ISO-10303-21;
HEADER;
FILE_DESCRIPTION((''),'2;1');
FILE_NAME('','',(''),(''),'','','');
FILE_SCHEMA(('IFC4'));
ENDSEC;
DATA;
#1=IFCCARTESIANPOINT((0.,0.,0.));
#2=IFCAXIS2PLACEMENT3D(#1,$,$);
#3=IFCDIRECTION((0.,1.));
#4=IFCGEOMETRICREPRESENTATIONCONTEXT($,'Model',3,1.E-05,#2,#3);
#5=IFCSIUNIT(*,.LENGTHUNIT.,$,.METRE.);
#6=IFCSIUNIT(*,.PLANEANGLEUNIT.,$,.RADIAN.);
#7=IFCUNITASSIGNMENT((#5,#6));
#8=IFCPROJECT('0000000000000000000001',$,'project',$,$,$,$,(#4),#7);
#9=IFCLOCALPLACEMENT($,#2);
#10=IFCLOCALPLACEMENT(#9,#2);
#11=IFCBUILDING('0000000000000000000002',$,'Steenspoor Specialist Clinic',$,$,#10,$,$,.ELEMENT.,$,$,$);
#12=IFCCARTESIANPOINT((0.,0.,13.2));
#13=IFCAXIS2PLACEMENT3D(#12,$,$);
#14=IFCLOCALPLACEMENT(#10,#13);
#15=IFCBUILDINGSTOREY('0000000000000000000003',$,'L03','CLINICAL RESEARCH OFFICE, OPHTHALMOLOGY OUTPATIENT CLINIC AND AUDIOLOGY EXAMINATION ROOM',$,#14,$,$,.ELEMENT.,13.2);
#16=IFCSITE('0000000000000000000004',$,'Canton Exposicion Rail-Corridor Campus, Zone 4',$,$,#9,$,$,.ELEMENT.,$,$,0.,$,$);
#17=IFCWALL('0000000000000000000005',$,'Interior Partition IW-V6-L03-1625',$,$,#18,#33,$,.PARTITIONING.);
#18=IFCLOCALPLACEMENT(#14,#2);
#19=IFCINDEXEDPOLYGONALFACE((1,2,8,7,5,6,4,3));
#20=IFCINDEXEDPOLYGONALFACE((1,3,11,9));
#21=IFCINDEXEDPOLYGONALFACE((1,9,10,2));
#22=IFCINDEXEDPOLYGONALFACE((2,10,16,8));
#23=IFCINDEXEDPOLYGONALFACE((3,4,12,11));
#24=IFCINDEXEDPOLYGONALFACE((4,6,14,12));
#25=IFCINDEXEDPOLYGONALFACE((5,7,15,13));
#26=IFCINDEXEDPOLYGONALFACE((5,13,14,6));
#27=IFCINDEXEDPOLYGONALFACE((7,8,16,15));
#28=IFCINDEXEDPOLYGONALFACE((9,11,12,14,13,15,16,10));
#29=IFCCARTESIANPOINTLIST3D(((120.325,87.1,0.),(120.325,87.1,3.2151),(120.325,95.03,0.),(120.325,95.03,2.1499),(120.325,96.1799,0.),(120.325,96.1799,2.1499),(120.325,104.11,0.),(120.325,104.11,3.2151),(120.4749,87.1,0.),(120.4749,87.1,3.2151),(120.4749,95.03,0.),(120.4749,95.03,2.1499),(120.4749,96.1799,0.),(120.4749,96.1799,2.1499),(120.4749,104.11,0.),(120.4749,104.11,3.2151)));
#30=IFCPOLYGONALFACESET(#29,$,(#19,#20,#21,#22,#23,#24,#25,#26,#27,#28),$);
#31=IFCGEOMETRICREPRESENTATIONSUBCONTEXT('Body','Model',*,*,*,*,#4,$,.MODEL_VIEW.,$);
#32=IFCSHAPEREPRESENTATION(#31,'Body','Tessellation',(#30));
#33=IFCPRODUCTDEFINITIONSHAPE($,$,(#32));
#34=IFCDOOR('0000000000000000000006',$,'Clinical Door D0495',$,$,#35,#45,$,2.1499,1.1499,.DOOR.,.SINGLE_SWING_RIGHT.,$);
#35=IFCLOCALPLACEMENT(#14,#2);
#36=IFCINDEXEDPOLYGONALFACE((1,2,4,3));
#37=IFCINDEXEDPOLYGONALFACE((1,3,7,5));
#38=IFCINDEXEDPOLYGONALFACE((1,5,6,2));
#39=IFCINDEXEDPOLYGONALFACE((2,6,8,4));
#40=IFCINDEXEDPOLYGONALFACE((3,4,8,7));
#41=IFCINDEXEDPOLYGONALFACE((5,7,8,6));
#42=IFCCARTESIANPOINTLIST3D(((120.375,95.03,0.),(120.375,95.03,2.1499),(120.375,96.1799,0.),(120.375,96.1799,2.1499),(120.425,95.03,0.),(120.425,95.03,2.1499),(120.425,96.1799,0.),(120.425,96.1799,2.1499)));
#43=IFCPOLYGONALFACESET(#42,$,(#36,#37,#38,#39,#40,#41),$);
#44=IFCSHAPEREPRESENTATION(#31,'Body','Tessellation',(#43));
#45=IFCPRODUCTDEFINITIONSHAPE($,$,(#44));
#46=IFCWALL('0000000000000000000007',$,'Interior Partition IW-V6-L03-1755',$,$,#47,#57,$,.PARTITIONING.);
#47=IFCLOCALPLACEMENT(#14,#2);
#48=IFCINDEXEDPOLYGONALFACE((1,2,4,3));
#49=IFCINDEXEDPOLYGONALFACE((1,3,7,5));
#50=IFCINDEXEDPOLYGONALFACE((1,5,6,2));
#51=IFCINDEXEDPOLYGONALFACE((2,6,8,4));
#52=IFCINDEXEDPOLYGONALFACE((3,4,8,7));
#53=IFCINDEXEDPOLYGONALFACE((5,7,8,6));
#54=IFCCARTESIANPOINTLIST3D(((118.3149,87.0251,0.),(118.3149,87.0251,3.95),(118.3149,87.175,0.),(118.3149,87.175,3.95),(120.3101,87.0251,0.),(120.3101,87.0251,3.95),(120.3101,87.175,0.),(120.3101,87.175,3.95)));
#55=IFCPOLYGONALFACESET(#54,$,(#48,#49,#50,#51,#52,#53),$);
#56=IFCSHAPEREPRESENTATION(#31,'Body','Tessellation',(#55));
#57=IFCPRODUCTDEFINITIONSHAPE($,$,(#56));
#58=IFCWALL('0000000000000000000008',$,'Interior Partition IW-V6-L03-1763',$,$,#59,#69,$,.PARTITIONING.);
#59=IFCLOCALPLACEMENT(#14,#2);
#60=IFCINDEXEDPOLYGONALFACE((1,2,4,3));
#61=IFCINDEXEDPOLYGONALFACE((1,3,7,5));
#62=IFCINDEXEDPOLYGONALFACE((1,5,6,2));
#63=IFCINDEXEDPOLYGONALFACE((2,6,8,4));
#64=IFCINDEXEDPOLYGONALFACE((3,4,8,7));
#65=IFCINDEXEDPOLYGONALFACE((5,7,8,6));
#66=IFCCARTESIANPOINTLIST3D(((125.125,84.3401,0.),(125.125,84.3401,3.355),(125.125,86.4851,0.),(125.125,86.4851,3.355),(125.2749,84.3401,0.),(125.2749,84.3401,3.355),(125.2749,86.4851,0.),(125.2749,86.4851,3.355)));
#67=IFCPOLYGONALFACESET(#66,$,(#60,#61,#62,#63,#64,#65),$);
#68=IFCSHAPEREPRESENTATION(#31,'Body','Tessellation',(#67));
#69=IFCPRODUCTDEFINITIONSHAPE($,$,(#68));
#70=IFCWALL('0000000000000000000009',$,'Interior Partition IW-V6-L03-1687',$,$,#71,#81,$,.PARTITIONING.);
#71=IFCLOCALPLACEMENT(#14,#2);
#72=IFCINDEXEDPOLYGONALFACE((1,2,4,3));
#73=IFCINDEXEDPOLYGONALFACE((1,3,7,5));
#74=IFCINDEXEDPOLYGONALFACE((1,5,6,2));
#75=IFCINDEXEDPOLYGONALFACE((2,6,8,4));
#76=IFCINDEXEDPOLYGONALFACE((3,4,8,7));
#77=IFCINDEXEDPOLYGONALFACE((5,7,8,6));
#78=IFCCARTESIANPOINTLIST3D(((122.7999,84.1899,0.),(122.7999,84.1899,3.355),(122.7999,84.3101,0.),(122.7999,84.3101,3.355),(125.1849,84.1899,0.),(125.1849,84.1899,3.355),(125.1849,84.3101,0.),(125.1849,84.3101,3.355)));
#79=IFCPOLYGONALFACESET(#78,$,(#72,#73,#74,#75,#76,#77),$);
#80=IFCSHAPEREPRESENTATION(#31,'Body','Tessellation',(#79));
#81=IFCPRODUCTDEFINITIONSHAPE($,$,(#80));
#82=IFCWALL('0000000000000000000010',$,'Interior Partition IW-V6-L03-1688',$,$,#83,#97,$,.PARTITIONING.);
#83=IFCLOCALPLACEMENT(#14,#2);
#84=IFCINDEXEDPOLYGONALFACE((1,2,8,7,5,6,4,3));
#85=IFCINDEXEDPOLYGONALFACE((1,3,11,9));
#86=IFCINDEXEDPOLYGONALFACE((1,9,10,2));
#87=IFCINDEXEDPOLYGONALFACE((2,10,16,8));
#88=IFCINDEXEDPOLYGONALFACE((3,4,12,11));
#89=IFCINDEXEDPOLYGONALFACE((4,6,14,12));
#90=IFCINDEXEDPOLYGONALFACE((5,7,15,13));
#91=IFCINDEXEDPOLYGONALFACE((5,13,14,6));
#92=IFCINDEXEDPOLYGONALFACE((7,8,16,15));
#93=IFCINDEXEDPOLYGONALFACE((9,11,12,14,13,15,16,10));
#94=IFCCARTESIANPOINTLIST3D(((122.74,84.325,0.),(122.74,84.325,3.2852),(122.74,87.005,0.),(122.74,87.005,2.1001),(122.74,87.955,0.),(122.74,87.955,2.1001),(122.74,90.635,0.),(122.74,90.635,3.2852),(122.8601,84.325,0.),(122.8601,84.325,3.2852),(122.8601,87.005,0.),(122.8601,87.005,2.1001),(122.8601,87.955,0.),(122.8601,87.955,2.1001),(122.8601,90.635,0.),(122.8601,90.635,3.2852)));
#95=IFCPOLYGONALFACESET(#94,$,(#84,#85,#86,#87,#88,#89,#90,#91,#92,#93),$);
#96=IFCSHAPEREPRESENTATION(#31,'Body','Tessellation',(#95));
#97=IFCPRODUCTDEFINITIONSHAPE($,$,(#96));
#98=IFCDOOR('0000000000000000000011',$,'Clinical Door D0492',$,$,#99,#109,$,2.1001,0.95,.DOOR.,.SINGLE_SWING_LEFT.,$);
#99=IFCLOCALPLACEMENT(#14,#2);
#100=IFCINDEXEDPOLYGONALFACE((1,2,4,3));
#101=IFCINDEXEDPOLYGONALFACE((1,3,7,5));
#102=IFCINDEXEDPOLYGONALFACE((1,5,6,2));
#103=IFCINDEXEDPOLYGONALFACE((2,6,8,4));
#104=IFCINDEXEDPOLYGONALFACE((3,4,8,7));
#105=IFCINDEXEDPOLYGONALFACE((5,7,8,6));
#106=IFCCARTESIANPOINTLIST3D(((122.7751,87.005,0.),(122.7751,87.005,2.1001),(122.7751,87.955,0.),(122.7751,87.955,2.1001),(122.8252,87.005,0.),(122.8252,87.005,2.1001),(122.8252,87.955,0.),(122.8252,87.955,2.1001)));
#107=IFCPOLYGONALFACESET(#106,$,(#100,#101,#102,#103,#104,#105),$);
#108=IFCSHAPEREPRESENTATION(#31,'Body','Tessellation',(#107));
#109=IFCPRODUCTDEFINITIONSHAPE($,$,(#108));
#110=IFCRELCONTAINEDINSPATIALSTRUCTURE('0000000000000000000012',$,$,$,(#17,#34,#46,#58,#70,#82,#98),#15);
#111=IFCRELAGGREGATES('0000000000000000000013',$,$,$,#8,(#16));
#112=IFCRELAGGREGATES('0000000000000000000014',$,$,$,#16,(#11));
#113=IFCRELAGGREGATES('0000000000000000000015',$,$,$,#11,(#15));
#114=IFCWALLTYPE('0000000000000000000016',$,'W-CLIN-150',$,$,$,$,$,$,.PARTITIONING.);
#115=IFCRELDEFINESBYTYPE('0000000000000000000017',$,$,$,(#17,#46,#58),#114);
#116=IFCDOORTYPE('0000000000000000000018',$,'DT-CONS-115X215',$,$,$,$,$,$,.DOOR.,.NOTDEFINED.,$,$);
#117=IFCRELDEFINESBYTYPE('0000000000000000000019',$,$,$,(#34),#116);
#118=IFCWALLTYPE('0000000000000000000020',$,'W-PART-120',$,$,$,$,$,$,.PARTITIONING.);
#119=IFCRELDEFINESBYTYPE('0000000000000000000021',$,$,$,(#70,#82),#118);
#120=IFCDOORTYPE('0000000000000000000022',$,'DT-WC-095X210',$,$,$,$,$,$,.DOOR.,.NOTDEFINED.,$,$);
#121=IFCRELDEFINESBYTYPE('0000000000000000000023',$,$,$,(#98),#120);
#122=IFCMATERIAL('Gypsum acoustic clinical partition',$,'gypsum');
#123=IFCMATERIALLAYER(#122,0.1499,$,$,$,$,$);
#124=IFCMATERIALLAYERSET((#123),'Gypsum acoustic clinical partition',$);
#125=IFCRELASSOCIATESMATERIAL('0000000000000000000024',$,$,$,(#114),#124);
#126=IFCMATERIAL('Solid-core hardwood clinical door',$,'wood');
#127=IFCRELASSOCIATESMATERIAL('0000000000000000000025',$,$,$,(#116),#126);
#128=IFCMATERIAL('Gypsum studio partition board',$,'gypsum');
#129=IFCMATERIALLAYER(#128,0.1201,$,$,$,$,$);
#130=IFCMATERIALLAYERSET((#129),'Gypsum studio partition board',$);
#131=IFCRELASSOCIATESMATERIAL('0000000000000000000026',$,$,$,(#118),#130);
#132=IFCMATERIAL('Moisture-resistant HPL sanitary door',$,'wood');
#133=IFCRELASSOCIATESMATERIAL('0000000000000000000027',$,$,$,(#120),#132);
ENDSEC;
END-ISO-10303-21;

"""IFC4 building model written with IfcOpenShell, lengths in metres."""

from ifc_helpers import new_model, si_unit, direction, frame, frame_2d, origin, place, context, subcontext, project, spatial, rectangle, extrude, material, layer, layer_set, type_object, element, fill, save


model = new_model("IFC4")

# Units and contexts
model_context = context("Model", 3, precision=1e-05, world=origin(), true_north=direction((0.0, 1.0)))
body_context = subcontext(model_context, "Body", "Model", "MODEL_VIEW")
ifc_project = project(units=[si_unit("LENGTHUNIT", "METRE"), si_unit("PLANEANGLEUNIT", "RADIAN")], contexts=[model_context])

# Site, building, storey
site_placement = place(None, origin())
site = spatial("IfcSite", under=ifc_project, at=site_placement, Name="Canton Exposicion Rail-Corridor Campus, Zone 4", CompositionType="ELEMENT", RefElevation=0.0)
building_placement = place(site_placement, origin())
building = spatial("IfcBuilding", under=site, at=building_placement, Name="Steenspoor Specialist Clinic", CompositionType="ELEMENT")
storey_placement = place(building_placement, frame((0.0, 0.0, 13.2)))
storey = spatial("IfcBuildingStorey", under=building, at=storey_placement, Name="L03", Description="CLINICAL RESEARCH OFFICE, OPHTHALMOLOGY OUTPATIENT CLINIC AND AUDIOLOGY EXAMINATION ROOM", CompositionType="ELEMENT", Elevation=13.2)

# Wall, opening, door
ifc_material_1 = material(Name="Gypsum acoustic clinical partition", Category="gypsum")
ifc_layer_1 = layer(ifc_material_1, 0.1499)
ifc_layer_set_1 = layer_set([ifc_layer_1], Name="Gypsum acoustic clinical partition")
wall_type_1 = type_object("IfcWallType", Name="W-CLIN-150", PredefinedType="PARTITIONING", material=ifc_layer_set_1)
wall_1_placement = place(storey_placement, frame((120.3999, 87.1001, 0.0), z_axis=(0.0, 0.0, 1.0), x_axis=(0.0, 1.0, 0.0)))
wall_1 = element("IfcWall", 1, at=wall_1_placement, inside=storey, type_object=wall_type_1, Name="Interior Partition IW-V6-L03-1625", PredefinedType="PARTITIONING", context=body_context, shape_type="SweptSolid", body=[
    extrude(rectangle(XDim=17.01, YDim=0.1499, at=frame_2d((8.5049, 0.0))), origin(), (0.0, 0.0, 1.0), 3.2151),
])
opening_1_placement = place(wall_1_placement, frame((7.9299, 0.0, 0.0)))
opening_1 = element("IfcOpeningElement", 2, at=opening_1_placement, cuts=wall_1, PredefinedType="OPENING", context=body_context, shape_type="SweptSolid", body=[
    extrude(rectangle(XDim=1.1499, YDim=2.1499, at=frame_2d((0.575, 1.075))), frame((0.0, 0.085, 0.0), z_axis=(0.0, -1.0, 0.0), x_axis=(1.0, 0.0, 0.0)), (0.0, 0.0, 1.0), 0.1699),
])
ifc_material_2 = material(Name="Solid-core hardwood clinical door", Category="wood")
door_type_1 = type_object("IfcDoorType", Name="DT-CONS-115X215", OperationType="NOTDEFINED", PredefinedType="DOOR", material=ifc_material_2)
door_1_placement = place(opening_1_placement, origin())
door_1 = element("IfcDoor", 3, at=door_1_placement, inside=storey, type_object=door_type_1, Name="Clinical Door D0495", OperationType="SINGLE_SWING_RIGHT", OverallHeight=2.1499, OverallWidth=1.1499, PredefinedType="DOOR", context=body_context, shape_type="SweptSolid", body=[
    extrude(rectangle(XDim=1.1499, YDim=2.1499, at=frame_2d((0.575, 1.075))), frame((0.0, 0.0249, 0.0), z_axis=(0.0, -1.0, 0.0), x_axis=(1.0, 0.0, 0.0)), (0.0, 0.0, 1.0), 0.05),
])
fill(opening_1, door_1)

# Walls
wall_2_placement = place(storey_placement, frame((118.3149, 87.1001, 0.0), z_axis=(0.0, 0.0, 1.0), x_axis=(1.0, 0.0, 0.0)))
element("IfcWall", 4, at=wall_2_placement, inside=storey, type_object=wall_type_1, Name="Interior Partition IW-V6-L03-1755", PredefinedType="PARTITIONING", context=body_context, shape_type="SweptSolid", body=[
    extrude(rectangle(XDim=1.9951, YDim=0.1499, at=frame_2d((0.9976, 0.0))), origin(), (0.0, 0.0, 1.0), 3.95),
])
wall_3_placement = place(storey_placement, frame((125.2, 84.3401, 0.0), z_axis=(0.0, 0.0, 1.0), x_axis=(0.0, 1.0, 0.0)))
element("IfcWall", 5, at=wall_3_placement, inside=storey, type_object=wall_type_1, Name="Interior Partition IW-V6-L03-1763", PredefinedType="PARTITIONING", context=body_context, shape_type="SweptSolid", body=[
    extrude(rectangle(XDim=2.145, YDim=0.1499, at=frame_2d((1.0725, 0.0))), origin(), (0.0, 0.0, 1.0), 3.355),
])
ifc_material_3 = material(Name="Gypsum studio partition board", Category="gypsum")
ifc_layer_2 = layer(ifc_material_3, 0.1201)
ifc_layer_set_2 = layer_set([ifc_layer_2], Name="Gypsum studio partition board")
wall_type_2 = type_object("IfcWallType", Name="W-PART-120", PredefinedType="PARTITIONING", material=ifc_layer_set_2)
wall_4_placement = place(storey_placement, frame((122.8, 84.25, 0.0), z_axis=(0.0, 0.0, 1.0), x_axis=(1.0, 0.0, 0.0)))
element("IfcWall", 6, at=wall_4_placement, inside=storey, type_object=wall_type_2, Name="Interior Partition IW-V6-L03-1687", PredefinedType="PARTITIONING", context=body_context, shape_type="SweptSolid", body=[
    extrude(rectangle(XDim=2.385, YDim=0.1201, at=frame_2d((1.1924, 0.0))), origin(), (0.0, 0.0, 1.0), 3.355),
])

# Wall, opening, door
wall_5_placement = place(storey_placement, frame((122.8, 84.325, 0.0), z_axis=(0.0, 0.0, 1.0), x_axis=(0.0, 1.0, 0.0)))
wall_5 = element("IfcWall", 7, at=wall_5_placement, inside=storey, type_object=wall_type_2, Name="Interior Partition IW-V6-L03-1688", PredefinedType="PARTITIONING", context=body_context, shape_type="SweptSolid", body=[
    extrude(rectangle(XDim=6.3101, YDim=0.1201, at=frame_2d((3.155, 0.0))), origin(), (0.0, 0.0, 1.0), 3.2852),
])
opening_2_placement = place(wall_5_placement, frame((2.6799, 0.0, 0.0)))
opening_2 = element("IfcOpeningElement", 8, at=opening_2_placement, cuts=wall_5, PredefinedType="OPENING", context=body_context, shape_type="SweptSolid", body=[
    extrude(rectangle(XDim=0.95, YDim=2.1001, at=frame_2d((0.4751, 1.05))), frame((0.0, 0.0701, 0.0), z_axis=(0.0, -1.0, 0.0), x_axis=(1.0, 0.0, 0.0)), (0.0, 0.0, 1.0), 0.1401),
])
ifc_material_4 = material(Name="Moisture-resistant HPL sanitary door", Category="wood")
door_type_2 = type_object("IfcDoorType", Name="DT-WC-095X210", OperationType="NOTDEFINED", PredefinedType="DOOR", material=ifc_material_4)
door_2_placement = place(opening_2_placement, origin())
door_2 = element("IfcDoor", 9, at=door_2_placement, inside=storey, type_object=door_type_2, Name="Clinical Door D0492", OperationType="SINGLE_SWING_LEFT", OverallHeight=2.1001, OverallWidth=0.95, PredefinedType="DOOR", context=body_context, shape_type="SweptSolid", body=[
    extrude(rectangle(XDim=0.95, YDim=2.1001, at=frame_2d((0.4751, 1.05))), frame((0.0, 0.0249, 0.0), z_axis=(0.0, -1.0, 0.0), x_axis=(1.0, 0.0, 0.0)), (0.0, 0.0, 1.0), 0.05),
])
fill(opening_2, door_2)

save(model, "model.ifc")
